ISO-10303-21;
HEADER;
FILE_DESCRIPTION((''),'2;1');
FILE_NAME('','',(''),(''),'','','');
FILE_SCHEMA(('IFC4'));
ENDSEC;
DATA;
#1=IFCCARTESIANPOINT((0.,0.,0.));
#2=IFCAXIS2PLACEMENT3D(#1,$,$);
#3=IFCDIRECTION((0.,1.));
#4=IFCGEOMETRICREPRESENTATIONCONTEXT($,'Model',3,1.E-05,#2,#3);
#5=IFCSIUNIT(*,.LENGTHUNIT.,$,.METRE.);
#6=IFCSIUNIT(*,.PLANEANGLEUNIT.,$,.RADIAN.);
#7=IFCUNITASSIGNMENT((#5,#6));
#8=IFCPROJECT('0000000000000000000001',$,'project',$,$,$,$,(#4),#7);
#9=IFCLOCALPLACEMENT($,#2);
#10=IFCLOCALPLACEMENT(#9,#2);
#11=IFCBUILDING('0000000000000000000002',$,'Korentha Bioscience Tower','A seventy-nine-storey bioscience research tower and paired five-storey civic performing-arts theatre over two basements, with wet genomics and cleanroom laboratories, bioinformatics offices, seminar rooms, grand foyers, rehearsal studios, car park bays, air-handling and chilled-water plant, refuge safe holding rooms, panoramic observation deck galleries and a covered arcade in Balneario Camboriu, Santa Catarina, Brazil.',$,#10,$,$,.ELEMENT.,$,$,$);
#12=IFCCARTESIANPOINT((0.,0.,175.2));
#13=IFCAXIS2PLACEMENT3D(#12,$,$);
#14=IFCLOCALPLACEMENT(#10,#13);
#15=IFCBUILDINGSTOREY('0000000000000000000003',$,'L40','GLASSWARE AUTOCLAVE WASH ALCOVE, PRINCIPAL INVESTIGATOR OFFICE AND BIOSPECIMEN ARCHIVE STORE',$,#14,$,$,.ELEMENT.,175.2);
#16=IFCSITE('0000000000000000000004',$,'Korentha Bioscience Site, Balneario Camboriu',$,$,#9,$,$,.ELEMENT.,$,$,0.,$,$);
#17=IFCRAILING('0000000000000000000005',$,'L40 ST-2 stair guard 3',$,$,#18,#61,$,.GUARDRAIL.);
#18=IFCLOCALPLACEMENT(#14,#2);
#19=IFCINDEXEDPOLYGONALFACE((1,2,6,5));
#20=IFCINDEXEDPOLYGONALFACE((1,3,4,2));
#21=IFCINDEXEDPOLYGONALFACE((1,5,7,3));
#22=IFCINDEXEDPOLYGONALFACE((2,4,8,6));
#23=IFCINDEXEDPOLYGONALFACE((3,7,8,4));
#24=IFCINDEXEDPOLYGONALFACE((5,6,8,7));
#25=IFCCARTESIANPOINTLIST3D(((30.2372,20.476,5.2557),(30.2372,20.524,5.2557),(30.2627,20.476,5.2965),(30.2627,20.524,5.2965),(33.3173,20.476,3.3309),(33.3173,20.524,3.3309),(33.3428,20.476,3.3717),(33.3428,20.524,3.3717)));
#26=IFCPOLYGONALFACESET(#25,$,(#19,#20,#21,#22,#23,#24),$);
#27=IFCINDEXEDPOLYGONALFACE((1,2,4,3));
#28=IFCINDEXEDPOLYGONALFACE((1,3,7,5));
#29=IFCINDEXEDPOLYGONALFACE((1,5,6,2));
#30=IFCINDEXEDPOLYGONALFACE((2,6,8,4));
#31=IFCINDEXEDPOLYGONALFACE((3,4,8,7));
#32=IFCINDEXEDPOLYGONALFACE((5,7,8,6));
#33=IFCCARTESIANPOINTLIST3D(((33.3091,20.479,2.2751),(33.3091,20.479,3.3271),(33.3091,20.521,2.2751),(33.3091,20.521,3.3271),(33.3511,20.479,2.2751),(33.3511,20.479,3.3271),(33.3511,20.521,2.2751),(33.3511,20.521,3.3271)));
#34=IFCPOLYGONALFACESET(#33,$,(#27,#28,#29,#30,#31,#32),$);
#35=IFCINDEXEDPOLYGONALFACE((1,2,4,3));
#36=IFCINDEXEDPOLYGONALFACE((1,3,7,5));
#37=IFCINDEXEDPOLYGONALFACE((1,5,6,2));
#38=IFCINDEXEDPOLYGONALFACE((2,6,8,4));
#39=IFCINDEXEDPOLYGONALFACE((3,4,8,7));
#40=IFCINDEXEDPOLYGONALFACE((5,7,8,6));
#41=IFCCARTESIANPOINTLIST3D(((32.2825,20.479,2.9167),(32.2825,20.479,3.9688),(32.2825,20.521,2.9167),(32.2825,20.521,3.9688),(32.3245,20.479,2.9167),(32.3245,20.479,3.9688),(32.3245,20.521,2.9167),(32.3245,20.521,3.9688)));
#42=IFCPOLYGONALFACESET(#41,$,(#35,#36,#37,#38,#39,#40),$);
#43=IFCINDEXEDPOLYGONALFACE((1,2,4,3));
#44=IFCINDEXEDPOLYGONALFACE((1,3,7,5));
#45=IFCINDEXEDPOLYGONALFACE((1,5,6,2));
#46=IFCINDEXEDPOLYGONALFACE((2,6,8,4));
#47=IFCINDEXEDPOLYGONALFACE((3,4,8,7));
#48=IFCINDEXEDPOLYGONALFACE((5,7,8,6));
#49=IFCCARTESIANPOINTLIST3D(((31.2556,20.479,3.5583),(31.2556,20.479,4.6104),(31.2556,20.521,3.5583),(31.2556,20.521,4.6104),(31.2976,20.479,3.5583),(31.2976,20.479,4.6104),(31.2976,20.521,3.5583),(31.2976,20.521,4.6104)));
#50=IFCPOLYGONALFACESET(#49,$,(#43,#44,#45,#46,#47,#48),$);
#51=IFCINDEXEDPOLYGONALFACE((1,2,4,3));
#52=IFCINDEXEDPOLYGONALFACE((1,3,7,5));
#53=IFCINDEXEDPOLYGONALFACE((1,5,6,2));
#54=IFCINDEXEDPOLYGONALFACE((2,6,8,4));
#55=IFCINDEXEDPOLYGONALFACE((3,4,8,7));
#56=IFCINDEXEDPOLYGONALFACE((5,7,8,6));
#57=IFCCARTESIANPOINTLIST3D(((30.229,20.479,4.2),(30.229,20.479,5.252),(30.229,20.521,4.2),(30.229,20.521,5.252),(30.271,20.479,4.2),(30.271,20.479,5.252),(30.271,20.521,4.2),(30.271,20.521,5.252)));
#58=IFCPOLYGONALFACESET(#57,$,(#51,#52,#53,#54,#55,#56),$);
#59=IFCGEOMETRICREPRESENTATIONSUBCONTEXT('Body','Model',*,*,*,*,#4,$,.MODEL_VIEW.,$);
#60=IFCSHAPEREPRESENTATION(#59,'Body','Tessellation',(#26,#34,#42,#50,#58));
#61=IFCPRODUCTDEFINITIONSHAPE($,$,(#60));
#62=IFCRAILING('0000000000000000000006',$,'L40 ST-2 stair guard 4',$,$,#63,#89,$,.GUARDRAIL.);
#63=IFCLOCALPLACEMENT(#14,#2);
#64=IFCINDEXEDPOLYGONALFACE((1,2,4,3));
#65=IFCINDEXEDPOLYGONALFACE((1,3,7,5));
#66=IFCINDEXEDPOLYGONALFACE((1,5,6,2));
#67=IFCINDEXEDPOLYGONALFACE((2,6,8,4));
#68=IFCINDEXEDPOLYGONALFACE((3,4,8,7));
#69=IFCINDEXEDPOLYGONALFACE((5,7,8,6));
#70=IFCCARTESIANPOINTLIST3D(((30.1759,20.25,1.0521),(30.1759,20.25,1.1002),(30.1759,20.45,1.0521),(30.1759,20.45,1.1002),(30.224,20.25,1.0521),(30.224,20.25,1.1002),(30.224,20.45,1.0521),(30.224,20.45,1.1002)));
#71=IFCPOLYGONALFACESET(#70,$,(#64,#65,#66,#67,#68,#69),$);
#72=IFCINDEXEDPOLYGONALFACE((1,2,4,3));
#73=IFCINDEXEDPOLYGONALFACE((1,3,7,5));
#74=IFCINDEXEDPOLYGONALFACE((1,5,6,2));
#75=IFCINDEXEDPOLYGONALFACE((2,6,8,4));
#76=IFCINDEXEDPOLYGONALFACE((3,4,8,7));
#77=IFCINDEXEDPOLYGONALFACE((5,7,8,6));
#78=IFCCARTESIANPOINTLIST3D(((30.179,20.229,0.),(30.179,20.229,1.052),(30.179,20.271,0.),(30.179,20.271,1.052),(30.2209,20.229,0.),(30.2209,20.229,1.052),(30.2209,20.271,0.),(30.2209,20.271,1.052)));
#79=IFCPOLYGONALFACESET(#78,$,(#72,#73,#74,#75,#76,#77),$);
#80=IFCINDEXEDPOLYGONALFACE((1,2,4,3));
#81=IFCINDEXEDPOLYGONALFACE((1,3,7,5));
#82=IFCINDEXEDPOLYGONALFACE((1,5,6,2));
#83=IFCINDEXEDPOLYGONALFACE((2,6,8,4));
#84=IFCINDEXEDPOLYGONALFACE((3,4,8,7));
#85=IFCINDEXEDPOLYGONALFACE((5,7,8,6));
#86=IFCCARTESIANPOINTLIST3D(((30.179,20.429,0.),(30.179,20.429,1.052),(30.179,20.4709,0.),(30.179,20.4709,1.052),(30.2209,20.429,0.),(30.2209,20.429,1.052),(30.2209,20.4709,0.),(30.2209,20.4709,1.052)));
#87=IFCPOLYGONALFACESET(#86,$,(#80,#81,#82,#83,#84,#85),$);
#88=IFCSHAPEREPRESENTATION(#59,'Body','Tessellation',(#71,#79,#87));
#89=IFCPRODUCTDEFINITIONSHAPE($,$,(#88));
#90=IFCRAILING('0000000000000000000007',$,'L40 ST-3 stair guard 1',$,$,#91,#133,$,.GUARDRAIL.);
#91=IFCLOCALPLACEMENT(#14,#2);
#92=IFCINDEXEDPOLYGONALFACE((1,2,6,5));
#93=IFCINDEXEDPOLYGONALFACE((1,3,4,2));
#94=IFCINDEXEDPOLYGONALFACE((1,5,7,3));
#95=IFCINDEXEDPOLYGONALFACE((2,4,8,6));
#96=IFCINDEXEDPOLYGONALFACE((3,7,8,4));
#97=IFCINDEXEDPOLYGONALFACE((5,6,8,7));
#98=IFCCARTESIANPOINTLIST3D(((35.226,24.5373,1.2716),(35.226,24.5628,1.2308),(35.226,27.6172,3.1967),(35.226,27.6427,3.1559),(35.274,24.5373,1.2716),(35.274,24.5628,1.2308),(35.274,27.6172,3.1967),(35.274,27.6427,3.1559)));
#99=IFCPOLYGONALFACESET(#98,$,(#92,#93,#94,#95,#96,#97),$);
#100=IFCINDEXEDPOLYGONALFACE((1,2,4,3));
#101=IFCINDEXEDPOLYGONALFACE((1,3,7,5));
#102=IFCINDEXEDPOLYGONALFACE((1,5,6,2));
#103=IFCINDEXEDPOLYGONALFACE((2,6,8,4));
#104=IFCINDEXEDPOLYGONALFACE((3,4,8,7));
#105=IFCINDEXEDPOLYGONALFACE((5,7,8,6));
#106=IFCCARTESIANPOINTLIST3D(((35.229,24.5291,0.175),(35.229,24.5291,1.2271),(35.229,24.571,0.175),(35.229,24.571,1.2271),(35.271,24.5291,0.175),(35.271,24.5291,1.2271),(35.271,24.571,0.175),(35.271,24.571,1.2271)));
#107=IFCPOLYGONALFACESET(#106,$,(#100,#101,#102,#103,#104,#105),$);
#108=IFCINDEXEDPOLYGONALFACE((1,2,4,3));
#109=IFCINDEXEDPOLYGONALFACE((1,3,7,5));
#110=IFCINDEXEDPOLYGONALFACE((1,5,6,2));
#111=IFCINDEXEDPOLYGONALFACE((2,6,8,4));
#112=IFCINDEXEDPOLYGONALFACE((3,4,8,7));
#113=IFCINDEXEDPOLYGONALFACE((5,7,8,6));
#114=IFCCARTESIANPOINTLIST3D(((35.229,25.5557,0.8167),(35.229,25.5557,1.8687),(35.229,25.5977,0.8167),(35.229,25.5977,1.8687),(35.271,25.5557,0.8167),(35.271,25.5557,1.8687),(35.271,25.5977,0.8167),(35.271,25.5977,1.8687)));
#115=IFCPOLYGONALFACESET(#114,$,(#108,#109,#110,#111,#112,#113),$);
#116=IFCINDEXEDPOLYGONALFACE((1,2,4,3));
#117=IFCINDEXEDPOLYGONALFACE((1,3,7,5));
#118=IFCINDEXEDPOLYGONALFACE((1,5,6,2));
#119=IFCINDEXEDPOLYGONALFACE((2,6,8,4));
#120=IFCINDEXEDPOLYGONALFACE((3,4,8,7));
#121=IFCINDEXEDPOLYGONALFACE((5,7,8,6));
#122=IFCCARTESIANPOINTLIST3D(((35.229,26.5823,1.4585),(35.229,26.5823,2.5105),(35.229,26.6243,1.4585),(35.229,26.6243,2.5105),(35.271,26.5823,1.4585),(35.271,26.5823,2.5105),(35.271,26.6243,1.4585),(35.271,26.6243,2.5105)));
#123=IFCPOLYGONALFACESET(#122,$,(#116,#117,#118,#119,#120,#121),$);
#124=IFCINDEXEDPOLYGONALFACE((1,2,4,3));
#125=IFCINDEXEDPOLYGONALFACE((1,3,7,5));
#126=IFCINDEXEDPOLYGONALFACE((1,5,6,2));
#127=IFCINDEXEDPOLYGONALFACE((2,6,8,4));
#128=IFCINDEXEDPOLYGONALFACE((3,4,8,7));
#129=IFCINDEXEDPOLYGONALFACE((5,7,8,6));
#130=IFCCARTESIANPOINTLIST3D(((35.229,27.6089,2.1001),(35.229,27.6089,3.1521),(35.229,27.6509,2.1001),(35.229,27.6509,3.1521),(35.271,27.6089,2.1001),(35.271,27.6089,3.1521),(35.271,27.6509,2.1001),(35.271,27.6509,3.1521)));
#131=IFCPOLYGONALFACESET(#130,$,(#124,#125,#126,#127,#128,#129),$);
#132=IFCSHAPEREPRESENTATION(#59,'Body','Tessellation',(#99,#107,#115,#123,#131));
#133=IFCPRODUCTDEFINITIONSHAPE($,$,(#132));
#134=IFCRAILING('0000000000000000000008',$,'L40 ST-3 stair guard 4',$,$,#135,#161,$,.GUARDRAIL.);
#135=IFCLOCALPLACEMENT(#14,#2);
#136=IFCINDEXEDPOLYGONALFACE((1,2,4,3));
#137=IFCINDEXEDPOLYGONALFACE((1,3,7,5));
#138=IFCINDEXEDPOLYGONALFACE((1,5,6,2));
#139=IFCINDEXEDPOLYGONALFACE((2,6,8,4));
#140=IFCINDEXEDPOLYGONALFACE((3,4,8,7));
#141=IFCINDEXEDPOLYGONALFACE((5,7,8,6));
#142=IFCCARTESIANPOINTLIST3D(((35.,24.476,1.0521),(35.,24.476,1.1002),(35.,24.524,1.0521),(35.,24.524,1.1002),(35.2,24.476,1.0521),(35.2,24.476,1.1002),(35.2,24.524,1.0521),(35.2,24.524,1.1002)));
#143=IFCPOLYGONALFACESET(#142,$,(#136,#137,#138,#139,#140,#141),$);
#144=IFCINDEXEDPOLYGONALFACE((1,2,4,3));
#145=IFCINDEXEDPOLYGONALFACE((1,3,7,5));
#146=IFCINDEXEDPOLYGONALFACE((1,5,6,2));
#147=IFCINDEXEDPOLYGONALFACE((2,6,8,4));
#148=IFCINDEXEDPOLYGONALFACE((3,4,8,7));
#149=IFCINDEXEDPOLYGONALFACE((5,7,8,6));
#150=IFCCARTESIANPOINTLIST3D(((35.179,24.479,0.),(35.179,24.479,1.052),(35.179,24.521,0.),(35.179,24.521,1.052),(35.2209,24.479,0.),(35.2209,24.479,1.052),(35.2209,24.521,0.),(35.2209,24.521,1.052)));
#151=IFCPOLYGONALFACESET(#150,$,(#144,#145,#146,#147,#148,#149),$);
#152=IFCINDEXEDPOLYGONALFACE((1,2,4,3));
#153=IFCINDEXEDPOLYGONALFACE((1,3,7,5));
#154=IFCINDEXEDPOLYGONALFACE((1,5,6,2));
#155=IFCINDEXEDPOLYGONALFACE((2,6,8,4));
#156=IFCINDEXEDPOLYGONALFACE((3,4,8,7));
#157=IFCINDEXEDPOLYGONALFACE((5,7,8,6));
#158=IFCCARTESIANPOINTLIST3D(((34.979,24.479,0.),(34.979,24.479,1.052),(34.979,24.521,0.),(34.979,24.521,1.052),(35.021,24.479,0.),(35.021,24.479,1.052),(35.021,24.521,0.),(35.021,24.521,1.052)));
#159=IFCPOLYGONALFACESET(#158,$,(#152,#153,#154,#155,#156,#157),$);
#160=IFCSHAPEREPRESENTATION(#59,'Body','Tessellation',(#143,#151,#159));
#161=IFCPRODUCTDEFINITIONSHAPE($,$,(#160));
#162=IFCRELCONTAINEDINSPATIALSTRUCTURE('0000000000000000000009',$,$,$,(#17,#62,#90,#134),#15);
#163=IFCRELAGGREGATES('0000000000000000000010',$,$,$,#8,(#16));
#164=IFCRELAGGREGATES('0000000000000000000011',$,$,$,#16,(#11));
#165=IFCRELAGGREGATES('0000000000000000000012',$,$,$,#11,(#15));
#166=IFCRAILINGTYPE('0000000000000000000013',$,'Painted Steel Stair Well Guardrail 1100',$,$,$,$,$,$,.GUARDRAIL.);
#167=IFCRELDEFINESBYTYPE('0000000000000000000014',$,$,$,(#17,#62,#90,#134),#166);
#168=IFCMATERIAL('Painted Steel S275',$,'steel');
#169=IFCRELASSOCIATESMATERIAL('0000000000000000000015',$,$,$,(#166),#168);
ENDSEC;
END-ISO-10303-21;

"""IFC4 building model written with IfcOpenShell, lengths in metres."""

from ifc_helpers import new_model, si_unit, direction, frame, origin, origin_2d, place, context, subcontext, project, spatial, rectangle, extrude, material, type_object, element, save


model = new_model("IFC4")

# Units and contexts
model_context = context("Model", 3, precision=1e-05, world=origin(), true_north=direction((0.0, 1.0)))
body_context = subcontext(model_context, "Body", "Model", "MODEL_VIEW")
ifc_project = project(units=[si_unit("LENGTHUNIT", "METRE"), si_unit("PLANEANGLEUNIT", "RADIAN")], contexts=[model_context])

# Site, building, storey
site_placement = place(None, origin())
site = spatial("IfcSite", under=ifc_project, at=site_placement, Name="Korentha Bioscience Site, Balneario Camboriu", CompositionType="ELEMENT", RefElevation=0.0)
building_placement = place(site_placement, origin())
building = spatial("IfcBuilding", under=site, at=building_placement, Name="Korentha Bioscience Tower", Description="A seventy-nine-storey bioscience research tower and paired five-storey civic performing-arts theatre over two basements, with wet genomics and cleanroom laboratories, bioinformatics offices, seminar rooms, grand foyers, rehearsal studios, car park bays, air-handling and chilled-water plant, refuge safe holding rooms, panoramic observation deck galleries and a covered arcade in Balneario Camboriu, Santa Catarina, Brazil.", CompositionType="ELEMENT")
storey_placement = place(building_placement, frame((0.0, 0.0, 175.2)))
storey = spatial("IfcBuildingStorey", under=building, at=storey_placement, Name="L40", Description="GLASSWARE AUTOCLAVE WASH ALCOVE, PRINCIPAL INVESTIGATOR OFFICE AND BIOSPECIMEN ARCHIVE STORE", CompositionType="ELEMENT", Elevation=175.2)

# Railings
ifc_material_1 = material(Name="Painted Steel S275", Category="steel")
railing_type_1 = type_object("IfcRailingType", Name="Painted Steel Stair Well Guardrail 1100", PredefinedType="GUARDRAIL", material=ifc_material_1)
railing_1_placement = place(storey_placement, frame((33.3301, 20.5, 2.2751)))
element("IfcRailing", 1, at=railing_1_placement, inside=storey, type_object=railing_type_1, Name="L40 ST-2 stair guard 3", PredefinedType="GUARDRAIL", context=body_context, shape_type="SweptSolid", body=[
    extrude(rectangle(XDim=0.0481, YDim=0.0481, at=origin_2d()), frame((0.0, 0.0, 1.0762), z_axis=(-0.848029, 0.0, 0.529951), x_axis=(0.0, -1.0, 0.0)), (0.0, 0.0, 1.0), 3.6321),
    extrude(rectangle(XDim=0.042, YDim=0.042, at=origin_2d()), origin(), (0.0, 0.0, 1.0), 1.052),
    extrude(rectangle(XDim=0.042, YDim=0.042, at=origin_2d()), frame((-1.0266, 0.0, 0.6416)), (0.0, 0.0, 1.0), 1.052),
    extrude(rectangle(XDim=0.042, YDim=0.042, at=origin_2d()), frame((-2.0535, 0.0, 1.2832)), (0.0, 0.0, 1.0), 1.052),
    extrude(rectangle(XDim=0.042, YDim=0.042, at=origin_2d()), frame((-3.0801, 0.0, 1.9248)), (0.0, 0.0, 1.0), 1.052),
])
railing_2_placement = place(storey_placement, frame((30.2, 20.25, 0.0)))
element("IfcRailing", 2, at=railing_2_placement, inside=storey, type_object=railing_type_1, Name="L40 ST-2 stair guard 4", PredefinedType="GUARDRAIL", context=body_context, shape_type="SweptSolid", body=[
    extrude(rectangle(XDim=0.0481, YDim=0.0481, at=origin_2d()), frame((0.0, 0.0, 1.0762), z_axis=(0.0, 1.0, 0.0), x_axis=(-1.0, 0.0, 0.0)), (0.0, 0.0, 1.0), 0.2),
    extrude(rectangle(XDim=0.042, YDim=0.042, at=origin_2d()), origin(), (0.0, 0.0, 1.0), 1.052),
    extrude(rectangle(XDim=0.042, YDim=0.042, at=origin_2d()), frame((0.0, 0.2, 0.0)), (0.0, 0.0, 1.0), 1.052),
])
railing_3_placement = place(storey_placement, frame((35.25, 24.55, 0.175)))
element("IfcRailing", 3, at=railing_3_placement, inside=storey, type_object=railing_type_1, Name="L40 ST-3 stair guard 1", PredefinedType="GUARDRAIL", context=body_context, shape_type="SweptSolid", body=[
    extrude(rectangle(XDim=0.0481, YDim=0.0481, at=origin_2d()), frame((0.0, 0.0, 1.0762), z_axis=(0.0, 0.847979, 0.530029), x_axis=(-1.0, 0.0, 0.0)), (0.0, 0.0, 1.0), 3.6321),
    extrude(rectangle(XDim=0.042, YDim=0.042, at=origin_2d()), origin(), (0.0, 0.0, 1.0), 1.052),
    extrude(rectangle(XDim=0.042, YDim=0.042, at=origin_2d()), frame((0.0, 1.0266, 0.6416)), (0.0, 0.0, 1.0), 1.052),
    extrude(rectangle(XDim=0.042, YDim=0.042, at=origin_2d()), frame((0.0, 2.0532, 1.2834)), (0.0, 0.0, 1.0), 1.052),
    extrude(rectangle(XDim=0.042, YDim=0.042, at=origin_2d()), frame((0.0, 3.0798, 1.925)), (0.0, 0.0, 1.0), 1.052),
])
railing_4_placement = place(storey_placement, frame((35.2, 24.5, 0.0)))
element("IfcRailing", 4, at=railing_4_placement, inside=storey, type_object=railing_type_1, Name="L40 ST-3 stair guard 4", PredefinedType="GUARDRAIL", context=body_context, shape_type="SweptSolid", body=[
    extrude(rectangle(XDim=0.0481, YDim=0.0481, at=origin_2d()), frame((0.0, 0.0, 1.0762), z_axis=(-1.0, 0.0, 0.0), x_axis=(0.0, -1.0, 0.0)), (0.0, 0.0, 1.0), 0.2),
    extrude(rectangle(XDim=0.042, YDim=0.042, at=origin_2d()), origin(), (0.0, 0.0, 1.0), 1.052),
    extrude(rectangle(XDim=0.042, YDim=0.042, at=origin_2d()), frame((-0.2, 0.0, 0.0)), (0.0, 0.0, 1.0), 1.052),
])

save(model, "model.ifc")
